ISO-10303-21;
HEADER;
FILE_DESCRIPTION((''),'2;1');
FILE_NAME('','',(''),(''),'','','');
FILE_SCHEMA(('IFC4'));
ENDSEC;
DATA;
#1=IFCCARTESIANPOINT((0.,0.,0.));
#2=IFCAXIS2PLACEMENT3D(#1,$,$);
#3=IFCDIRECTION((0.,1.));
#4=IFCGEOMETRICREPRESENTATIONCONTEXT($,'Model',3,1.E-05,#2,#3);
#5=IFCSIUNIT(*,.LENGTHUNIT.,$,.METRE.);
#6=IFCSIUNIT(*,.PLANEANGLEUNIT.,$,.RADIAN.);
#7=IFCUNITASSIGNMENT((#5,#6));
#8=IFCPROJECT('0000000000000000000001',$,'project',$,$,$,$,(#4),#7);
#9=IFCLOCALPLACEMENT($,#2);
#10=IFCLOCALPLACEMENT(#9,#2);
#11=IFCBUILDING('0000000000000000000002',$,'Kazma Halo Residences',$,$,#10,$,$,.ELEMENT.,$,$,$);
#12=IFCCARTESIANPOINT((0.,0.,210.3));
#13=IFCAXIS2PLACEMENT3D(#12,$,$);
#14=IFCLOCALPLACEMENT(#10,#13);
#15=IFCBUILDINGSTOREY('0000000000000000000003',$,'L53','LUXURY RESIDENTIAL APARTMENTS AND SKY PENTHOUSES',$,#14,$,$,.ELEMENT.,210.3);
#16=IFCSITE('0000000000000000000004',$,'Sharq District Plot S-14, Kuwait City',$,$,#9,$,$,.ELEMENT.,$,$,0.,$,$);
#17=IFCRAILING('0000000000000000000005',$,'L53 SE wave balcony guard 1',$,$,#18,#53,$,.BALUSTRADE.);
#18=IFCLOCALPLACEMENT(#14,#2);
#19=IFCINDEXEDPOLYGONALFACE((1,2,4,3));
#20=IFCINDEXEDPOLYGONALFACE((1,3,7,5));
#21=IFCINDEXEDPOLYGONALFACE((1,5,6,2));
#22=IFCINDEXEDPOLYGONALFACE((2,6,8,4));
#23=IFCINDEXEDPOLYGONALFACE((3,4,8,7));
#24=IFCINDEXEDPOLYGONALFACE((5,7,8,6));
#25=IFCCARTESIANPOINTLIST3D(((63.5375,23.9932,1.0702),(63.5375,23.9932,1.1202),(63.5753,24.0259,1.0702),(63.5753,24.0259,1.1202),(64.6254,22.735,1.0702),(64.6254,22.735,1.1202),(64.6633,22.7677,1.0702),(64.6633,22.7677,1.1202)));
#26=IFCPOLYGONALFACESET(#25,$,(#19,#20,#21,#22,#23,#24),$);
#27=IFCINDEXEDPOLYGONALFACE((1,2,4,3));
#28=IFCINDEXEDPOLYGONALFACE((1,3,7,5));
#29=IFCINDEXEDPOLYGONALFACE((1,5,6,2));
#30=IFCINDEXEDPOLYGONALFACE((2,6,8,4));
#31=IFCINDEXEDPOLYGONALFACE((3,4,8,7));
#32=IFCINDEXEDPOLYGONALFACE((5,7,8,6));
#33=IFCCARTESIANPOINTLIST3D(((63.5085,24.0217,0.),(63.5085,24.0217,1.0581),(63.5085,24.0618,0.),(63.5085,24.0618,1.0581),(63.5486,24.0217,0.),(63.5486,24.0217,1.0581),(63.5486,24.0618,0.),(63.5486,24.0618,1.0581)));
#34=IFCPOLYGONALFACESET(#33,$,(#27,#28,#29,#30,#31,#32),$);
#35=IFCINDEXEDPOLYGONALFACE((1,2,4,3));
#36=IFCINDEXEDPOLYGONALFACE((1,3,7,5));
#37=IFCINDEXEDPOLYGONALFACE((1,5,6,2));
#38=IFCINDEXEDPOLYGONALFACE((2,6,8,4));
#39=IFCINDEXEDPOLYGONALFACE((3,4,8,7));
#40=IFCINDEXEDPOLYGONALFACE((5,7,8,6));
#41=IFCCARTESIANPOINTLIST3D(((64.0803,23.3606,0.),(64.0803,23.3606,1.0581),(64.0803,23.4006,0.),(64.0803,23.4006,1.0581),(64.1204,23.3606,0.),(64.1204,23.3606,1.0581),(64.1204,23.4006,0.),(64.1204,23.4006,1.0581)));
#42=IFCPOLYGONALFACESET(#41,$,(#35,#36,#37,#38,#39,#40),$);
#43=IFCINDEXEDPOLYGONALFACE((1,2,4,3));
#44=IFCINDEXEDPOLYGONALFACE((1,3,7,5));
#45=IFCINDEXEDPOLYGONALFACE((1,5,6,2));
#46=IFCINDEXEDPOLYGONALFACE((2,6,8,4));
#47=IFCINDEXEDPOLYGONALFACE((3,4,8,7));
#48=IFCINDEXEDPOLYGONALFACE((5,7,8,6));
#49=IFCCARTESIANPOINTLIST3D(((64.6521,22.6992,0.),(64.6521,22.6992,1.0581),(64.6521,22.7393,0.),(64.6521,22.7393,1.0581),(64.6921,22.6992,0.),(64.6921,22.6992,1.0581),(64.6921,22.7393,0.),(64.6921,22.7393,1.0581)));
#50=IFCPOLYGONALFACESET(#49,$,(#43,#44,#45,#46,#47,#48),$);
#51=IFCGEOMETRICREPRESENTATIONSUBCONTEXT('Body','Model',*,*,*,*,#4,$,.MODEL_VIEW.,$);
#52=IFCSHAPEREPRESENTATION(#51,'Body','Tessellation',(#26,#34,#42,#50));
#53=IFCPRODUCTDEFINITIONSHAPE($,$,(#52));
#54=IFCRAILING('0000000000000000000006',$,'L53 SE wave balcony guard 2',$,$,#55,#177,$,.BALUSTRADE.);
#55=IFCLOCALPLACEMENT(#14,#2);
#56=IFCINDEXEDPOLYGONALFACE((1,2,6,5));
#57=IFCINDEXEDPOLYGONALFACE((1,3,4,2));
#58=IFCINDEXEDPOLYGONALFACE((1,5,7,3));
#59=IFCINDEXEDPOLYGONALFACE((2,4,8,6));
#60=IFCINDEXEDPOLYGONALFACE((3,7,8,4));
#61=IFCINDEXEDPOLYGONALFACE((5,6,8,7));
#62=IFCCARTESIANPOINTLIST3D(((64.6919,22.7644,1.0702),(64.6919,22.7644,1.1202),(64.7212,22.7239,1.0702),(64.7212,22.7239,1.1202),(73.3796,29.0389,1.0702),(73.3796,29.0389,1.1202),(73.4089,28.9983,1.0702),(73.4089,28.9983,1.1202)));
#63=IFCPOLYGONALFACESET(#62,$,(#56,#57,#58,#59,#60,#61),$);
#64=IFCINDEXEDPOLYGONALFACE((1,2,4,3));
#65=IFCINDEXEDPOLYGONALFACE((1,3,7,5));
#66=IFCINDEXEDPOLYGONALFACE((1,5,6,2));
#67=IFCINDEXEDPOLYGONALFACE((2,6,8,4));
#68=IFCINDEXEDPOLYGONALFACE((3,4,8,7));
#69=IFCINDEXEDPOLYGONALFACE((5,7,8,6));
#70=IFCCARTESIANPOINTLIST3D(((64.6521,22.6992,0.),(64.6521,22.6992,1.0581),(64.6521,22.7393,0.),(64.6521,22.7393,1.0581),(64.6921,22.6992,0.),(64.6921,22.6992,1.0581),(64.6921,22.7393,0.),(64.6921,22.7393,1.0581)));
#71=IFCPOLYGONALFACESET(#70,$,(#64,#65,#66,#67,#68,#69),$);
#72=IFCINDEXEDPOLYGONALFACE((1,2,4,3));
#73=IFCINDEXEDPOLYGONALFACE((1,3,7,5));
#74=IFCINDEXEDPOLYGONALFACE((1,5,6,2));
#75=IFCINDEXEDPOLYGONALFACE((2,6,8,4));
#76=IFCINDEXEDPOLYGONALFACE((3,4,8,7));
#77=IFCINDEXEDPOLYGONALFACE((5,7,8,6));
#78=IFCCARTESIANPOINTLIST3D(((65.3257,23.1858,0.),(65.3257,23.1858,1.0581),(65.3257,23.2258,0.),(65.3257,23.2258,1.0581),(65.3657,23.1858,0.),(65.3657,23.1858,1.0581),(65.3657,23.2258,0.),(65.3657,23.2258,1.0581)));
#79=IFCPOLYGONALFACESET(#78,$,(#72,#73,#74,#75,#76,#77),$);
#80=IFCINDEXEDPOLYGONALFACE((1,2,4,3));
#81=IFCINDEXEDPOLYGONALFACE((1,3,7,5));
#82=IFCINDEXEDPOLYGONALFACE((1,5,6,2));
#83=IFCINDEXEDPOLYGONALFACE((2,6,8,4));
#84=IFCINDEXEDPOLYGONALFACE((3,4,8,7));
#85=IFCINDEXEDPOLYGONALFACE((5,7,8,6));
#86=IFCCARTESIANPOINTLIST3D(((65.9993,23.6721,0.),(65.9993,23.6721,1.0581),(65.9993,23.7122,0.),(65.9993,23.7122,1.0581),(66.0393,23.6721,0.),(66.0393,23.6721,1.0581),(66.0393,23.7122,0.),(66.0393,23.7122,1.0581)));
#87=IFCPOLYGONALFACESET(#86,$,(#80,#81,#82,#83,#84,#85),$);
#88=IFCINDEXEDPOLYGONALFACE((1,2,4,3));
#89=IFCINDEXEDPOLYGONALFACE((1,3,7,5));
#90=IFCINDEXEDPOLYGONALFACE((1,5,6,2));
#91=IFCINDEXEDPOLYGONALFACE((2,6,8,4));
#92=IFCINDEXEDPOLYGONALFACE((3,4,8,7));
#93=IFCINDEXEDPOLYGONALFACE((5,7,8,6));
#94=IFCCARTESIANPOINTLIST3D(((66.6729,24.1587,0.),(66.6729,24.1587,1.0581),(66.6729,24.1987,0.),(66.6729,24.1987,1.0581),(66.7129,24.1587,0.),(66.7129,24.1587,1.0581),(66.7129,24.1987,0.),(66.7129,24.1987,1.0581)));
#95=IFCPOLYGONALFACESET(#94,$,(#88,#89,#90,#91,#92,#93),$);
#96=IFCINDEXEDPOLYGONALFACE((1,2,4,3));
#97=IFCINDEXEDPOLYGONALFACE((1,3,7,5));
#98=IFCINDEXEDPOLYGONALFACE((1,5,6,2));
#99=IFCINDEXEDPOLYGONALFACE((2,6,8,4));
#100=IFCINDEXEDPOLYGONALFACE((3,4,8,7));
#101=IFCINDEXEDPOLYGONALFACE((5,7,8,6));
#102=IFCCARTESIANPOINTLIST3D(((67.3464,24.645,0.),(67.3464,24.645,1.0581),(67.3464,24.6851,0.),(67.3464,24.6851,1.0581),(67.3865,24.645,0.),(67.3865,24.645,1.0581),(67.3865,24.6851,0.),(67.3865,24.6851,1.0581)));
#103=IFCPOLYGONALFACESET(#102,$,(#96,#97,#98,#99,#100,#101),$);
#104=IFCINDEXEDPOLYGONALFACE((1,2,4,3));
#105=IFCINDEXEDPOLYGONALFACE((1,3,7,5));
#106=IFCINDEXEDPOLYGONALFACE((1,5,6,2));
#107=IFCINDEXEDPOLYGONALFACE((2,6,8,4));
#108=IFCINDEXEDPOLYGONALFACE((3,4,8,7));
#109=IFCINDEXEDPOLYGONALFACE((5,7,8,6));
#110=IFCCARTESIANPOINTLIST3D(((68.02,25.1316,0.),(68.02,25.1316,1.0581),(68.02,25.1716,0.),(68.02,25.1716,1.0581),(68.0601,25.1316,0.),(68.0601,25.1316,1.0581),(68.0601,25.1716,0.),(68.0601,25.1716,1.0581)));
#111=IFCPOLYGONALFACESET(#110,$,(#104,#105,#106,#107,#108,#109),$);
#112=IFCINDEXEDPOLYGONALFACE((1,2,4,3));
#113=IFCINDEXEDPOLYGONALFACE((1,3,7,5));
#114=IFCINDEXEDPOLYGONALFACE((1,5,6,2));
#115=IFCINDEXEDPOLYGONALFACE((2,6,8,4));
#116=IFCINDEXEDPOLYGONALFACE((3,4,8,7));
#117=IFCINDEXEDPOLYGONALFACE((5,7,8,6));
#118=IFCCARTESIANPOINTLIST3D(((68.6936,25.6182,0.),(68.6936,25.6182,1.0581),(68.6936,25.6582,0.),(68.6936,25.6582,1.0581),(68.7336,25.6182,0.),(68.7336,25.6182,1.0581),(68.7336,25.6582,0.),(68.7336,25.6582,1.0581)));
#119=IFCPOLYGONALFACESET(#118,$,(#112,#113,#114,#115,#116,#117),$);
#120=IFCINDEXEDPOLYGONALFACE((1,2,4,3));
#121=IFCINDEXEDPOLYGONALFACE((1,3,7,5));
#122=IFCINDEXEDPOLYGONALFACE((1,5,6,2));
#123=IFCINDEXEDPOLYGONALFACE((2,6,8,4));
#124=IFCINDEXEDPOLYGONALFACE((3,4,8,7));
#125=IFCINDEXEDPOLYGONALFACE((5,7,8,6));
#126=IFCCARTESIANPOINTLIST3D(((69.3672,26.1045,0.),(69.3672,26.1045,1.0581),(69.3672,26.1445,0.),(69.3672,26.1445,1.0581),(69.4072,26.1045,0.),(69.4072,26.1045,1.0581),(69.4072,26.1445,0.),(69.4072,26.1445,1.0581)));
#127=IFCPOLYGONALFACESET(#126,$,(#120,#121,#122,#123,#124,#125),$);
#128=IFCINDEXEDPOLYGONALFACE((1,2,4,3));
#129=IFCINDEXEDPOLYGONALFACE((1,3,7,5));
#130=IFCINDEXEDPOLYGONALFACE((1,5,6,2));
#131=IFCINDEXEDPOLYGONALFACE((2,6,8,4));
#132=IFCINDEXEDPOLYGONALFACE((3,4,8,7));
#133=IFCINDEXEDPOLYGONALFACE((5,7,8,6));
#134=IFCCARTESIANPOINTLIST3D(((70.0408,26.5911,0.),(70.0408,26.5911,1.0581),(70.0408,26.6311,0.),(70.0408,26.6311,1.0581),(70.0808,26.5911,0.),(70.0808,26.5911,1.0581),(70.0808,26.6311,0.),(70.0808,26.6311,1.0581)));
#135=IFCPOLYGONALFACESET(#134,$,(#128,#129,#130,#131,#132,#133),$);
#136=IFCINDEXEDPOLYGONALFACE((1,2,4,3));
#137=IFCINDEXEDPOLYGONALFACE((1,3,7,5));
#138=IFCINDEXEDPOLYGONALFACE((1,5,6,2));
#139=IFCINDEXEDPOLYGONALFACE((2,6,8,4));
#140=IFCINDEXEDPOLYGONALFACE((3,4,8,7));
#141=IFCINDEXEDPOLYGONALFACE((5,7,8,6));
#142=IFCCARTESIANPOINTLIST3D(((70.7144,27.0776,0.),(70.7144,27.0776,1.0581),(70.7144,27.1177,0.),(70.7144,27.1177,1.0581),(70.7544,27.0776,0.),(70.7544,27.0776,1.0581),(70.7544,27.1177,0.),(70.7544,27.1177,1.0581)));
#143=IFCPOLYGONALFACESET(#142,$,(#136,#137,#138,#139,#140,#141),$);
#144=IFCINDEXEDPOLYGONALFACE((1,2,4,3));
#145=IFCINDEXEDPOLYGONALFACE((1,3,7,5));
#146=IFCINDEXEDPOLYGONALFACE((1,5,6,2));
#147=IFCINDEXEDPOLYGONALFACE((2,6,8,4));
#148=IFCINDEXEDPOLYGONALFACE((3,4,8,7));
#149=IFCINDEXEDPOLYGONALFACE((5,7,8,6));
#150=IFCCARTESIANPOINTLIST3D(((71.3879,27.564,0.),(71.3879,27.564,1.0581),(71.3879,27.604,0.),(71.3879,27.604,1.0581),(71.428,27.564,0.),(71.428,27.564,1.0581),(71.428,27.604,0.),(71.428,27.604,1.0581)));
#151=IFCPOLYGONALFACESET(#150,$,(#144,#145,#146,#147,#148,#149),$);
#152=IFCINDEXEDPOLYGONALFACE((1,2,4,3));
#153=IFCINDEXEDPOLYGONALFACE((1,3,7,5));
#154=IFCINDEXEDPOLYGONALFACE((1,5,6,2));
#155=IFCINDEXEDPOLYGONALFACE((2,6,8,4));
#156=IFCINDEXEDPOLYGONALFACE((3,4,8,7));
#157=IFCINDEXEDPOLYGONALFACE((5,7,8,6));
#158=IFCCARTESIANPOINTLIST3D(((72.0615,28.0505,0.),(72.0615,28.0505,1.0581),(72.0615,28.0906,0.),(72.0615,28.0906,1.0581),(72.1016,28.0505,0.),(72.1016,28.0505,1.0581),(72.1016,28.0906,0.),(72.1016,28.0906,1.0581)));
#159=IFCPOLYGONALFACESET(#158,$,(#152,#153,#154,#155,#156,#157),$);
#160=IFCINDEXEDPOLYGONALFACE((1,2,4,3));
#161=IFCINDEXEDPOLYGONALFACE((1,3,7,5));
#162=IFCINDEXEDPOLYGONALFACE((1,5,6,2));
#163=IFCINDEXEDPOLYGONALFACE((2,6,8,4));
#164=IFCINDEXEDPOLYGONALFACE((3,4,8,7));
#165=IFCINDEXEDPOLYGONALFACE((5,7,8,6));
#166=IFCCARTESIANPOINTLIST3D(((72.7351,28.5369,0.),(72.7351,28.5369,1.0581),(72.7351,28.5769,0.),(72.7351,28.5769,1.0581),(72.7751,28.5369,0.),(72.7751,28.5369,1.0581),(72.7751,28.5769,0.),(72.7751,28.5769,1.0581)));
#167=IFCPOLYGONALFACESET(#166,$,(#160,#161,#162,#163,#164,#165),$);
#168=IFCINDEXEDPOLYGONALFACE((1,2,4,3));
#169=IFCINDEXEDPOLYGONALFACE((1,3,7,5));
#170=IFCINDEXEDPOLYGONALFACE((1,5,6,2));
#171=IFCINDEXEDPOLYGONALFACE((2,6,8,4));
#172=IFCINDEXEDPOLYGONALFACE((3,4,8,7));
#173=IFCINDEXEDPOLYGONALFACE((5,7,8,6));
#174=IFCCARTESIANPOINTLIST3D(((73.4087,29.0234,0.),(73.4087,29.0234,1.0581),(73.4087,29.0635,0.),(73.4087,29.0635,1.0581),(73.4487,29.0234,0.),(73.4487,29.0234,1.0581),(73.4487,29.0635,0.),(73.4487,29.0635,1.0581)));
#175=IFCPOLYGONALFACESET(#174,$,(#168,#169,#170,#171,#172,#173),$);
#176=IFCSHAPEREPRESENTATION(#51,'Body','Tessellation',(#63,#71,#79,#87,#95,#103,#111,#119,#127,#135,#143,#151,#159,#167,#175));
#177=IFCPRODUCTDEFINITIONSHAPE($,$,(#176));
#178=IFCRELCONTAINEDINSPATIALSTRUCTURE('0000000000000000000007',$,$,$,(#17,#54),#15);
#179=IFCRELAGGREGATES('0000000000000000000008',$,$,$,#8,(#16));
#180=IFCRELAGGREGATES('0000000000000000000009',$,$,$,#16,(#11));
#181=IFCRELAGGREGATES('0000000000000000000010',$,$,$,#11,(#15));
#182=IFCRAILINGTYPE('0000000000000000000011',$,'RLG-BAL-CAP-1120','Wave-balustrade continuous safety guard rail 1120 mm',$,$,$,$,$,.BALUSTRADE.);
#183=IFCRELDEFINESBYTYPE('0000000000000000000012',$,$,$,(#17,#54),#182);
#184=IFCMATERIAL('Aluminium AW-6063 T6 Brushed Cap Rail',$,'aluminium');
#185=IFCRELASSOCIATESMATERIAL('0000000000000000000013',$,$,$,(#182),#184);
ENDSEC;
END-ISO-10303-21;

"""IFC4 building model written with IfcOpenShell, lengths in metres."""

from ifc_helpers import new_model, si_unit, direction, frame, origin, origin_2d, place, context, subcontext, project, spatial, rectangle, extrude, material, type_object, element, save


model = new_model("IFC4")

# Units and contexts
model_context = context("Model", 3, precision=1e-05, world=origin(), true_north=direction((0.0, 1.0)))
body_context = subcontext(model_context, "Body", "Model", "MODEL_VIEW")
ifc_project = project(units=[si_unit("LENGTHUNIT", "METRE"), si_unit("PLANEANGLEUNIT", "RADIAN")], contexts=[model_context])

# Site, building, storey
site_placement = place(None, origin())
site = spatial("IfcSite", under=ifc_project, at=site_placement, Name="Sharq District Plot S-14, Kuwait City", CompositionType="ELEMENT", RefElevation=0.0)
building_placement = place(site_placement, origin())
building = spatial("IfcBuilding", under=site, at=building_placement, Name="Kazma Halo Residences", CompositionType="ELEMENT")
storey_placement = place(building_placement, frame((0.0, 0.0, 210.3)))
storey = spatial("IfcBuildingStorey", under=building, at=storey_placement, Name="L53", Description="LUXURY RESIDENTIAL APARTMENTS AND SKY PENTHOUSES", CompositionType="ELEMENT", Elevation=210.3)

# Railings
ifc_material_1 = material(Name="Aluminium AW-6063 T6 Brushed Cap Rail", Category="aluminium")
railing_type = type_object("IfcRailingType", Name="RLG-BAL-CAP-1120", Description="Wave-balustrade continuous safety guard rail 1120 mm", PredefinedType="BALUSTRADE", material=ifc_material_1)
railing_1_placement = place(storey_placement, frame((63.5286, 24.0417, 0.0)))
element("IfcRailing", 1, at=railing_1_placement, inside=storey, type_object=railing_type, Name="L53 SE wave balcony guard 1", PredefinedType="BALUSTRADE", context=body_context, shape_type="SweptSolid", body=[
    extrude(rectangle(XDim=0.05, YDim=0.05, at=origin_2d()), frame((0.0278, -0.0322, 1.0952), z_axis=(0.654074, -0.75643, 0.0), x_axis=(0.75643, 0.654074, 0.0)), (0.0, 0.0, 1.0), 1.6633),
    extrude(rectangle(XDim=0.04, YDim=0.04, at=origin_2d()), origin(), (0.0, 0.0, 1.0), 1.0581),
    extrude(rectangle(XDim=0.04, YDim=0.04, at=origin_2d()), frame((0.5718, -0.6611, 0.0)), (0.0, 0.0, 1.0), 1.0581),
    extrude(rectangle(XDim=0.04, YDim=0.04, at=origin_2d()), frame((1.1436, -1.3225, 0.0)), (0.0, 0.0, 1.0), 1.0581),
])
railing_2_placement = place(storey_placement, frame((64.6721, 22.7192, 0.0)))
element("IfcRailing", 2, at=railing_2_placement, inside=storey, type_object=railing_type, Name="L53 SE wave balcony guard 2", PredefinedType="BALUSTRADE", context=body_context, shape_type="SweptSolid", body=[
    extrude(rectangle(XDim=0.05, YDim=0.05, at=origin_2d()), frame((0.0344, 0.0249, 1.0952), z_axis=(0.810679, 0.585491, 0.0), x_axis=(-0.585491, 0.810679, 0.0)), (0.0, 0.0, 1.0), 10.7166),
    extrude(rectangle(XDim=0.04, YDim=0.04, at=origin_2d()), origin(), (0.0, 0.0, 1.0), 1.0581),
    extrude(rectangle(XDim=0.04, YDim=0.04, at=origin_2d()), frame((0.6736, 0.4866, 0.0)), (0.0, 0.0, 1.0), 1.0581),
    extrude(rectangle(XDim=0.04, YDim=0.04, at=origin_2d()), frame((1.3472, 0.9729, 0.0)), (0.0, 0.0, 1.0), 1.0581),
    extrude(rectangle(XDim=0.04, YDim=0.04, at=origin_2d()), frame((2.0208, 1.4595, 0.0)), (0.0, 0.0, 1.0), 1.0581),
    extrude(rectangle(XDim=0.04, YDim=0.04, at=origin_2d()), frame((2.6943, 1.9458, 0.0)), (0.0, 0.0, 1.0), 1.0581),
    extrude(rectangle(XDim=0.04, YDim=0.04, at=origin_2d()), frame((3.3679, 2.4324, 0.0)), (0.0, 0.0, 1.0), 1.0581),
    extrude(rectangle(XDim=0.04, YDim=0.04, at=origin_2d()), frame((4.0415, 2.9189, 0.0)), (0.0, 0.0, 1.0), 1.0581),
    extrude(rectangle(XDim=0.04, YDim=0.04, at=origin_2d()), frame((4.7151, 3.4053, 0.0)), (0.0, 0.0, 1.0), 1.0581),
    extrude(rectangle(XDim=0.04, YDim=0.04, at=origin_2d()), frame((5.3887, 3.8918, 0.0)), (0.0, 0.0, 1.0), 1.0581),
    extrude(rectangle(XDim=0.04, YDim=0.04, at=origin_2d()), frame((6.0623, 4.3784, 0.0)), (0.0, 0.0, 1.0), 1.0581),
    extrude(rectangle(XDim=0.04, YDim=0.04, at=origin_2d()), frame((6.7358, 4.8647, 0.0)), (0.0, 0.0, 1.0), 1.0581),
    extrude(rectangle(XDim=0.04, YDim=0.04, at=origin_2d()), frame((7.4094, 5.3513, 0.0)), (0.0, 0.0, 1.0), 1.0581),
    extrude(rectangle(XDim=0.04, YDim=0.04, at=origin_2d()), frame((8.083, 5.8376, 0.0)), (0.0, 0.0, 1.0), 1.0581),
    extrude(rectangle(XDim=0.04, YDim=0.04, at=origin_2d()), frame((8.7566, 6.3242, 0.0)), (0.0, 0.0, 1.0), 1.0581),
])

save(model, "model.ifc")
